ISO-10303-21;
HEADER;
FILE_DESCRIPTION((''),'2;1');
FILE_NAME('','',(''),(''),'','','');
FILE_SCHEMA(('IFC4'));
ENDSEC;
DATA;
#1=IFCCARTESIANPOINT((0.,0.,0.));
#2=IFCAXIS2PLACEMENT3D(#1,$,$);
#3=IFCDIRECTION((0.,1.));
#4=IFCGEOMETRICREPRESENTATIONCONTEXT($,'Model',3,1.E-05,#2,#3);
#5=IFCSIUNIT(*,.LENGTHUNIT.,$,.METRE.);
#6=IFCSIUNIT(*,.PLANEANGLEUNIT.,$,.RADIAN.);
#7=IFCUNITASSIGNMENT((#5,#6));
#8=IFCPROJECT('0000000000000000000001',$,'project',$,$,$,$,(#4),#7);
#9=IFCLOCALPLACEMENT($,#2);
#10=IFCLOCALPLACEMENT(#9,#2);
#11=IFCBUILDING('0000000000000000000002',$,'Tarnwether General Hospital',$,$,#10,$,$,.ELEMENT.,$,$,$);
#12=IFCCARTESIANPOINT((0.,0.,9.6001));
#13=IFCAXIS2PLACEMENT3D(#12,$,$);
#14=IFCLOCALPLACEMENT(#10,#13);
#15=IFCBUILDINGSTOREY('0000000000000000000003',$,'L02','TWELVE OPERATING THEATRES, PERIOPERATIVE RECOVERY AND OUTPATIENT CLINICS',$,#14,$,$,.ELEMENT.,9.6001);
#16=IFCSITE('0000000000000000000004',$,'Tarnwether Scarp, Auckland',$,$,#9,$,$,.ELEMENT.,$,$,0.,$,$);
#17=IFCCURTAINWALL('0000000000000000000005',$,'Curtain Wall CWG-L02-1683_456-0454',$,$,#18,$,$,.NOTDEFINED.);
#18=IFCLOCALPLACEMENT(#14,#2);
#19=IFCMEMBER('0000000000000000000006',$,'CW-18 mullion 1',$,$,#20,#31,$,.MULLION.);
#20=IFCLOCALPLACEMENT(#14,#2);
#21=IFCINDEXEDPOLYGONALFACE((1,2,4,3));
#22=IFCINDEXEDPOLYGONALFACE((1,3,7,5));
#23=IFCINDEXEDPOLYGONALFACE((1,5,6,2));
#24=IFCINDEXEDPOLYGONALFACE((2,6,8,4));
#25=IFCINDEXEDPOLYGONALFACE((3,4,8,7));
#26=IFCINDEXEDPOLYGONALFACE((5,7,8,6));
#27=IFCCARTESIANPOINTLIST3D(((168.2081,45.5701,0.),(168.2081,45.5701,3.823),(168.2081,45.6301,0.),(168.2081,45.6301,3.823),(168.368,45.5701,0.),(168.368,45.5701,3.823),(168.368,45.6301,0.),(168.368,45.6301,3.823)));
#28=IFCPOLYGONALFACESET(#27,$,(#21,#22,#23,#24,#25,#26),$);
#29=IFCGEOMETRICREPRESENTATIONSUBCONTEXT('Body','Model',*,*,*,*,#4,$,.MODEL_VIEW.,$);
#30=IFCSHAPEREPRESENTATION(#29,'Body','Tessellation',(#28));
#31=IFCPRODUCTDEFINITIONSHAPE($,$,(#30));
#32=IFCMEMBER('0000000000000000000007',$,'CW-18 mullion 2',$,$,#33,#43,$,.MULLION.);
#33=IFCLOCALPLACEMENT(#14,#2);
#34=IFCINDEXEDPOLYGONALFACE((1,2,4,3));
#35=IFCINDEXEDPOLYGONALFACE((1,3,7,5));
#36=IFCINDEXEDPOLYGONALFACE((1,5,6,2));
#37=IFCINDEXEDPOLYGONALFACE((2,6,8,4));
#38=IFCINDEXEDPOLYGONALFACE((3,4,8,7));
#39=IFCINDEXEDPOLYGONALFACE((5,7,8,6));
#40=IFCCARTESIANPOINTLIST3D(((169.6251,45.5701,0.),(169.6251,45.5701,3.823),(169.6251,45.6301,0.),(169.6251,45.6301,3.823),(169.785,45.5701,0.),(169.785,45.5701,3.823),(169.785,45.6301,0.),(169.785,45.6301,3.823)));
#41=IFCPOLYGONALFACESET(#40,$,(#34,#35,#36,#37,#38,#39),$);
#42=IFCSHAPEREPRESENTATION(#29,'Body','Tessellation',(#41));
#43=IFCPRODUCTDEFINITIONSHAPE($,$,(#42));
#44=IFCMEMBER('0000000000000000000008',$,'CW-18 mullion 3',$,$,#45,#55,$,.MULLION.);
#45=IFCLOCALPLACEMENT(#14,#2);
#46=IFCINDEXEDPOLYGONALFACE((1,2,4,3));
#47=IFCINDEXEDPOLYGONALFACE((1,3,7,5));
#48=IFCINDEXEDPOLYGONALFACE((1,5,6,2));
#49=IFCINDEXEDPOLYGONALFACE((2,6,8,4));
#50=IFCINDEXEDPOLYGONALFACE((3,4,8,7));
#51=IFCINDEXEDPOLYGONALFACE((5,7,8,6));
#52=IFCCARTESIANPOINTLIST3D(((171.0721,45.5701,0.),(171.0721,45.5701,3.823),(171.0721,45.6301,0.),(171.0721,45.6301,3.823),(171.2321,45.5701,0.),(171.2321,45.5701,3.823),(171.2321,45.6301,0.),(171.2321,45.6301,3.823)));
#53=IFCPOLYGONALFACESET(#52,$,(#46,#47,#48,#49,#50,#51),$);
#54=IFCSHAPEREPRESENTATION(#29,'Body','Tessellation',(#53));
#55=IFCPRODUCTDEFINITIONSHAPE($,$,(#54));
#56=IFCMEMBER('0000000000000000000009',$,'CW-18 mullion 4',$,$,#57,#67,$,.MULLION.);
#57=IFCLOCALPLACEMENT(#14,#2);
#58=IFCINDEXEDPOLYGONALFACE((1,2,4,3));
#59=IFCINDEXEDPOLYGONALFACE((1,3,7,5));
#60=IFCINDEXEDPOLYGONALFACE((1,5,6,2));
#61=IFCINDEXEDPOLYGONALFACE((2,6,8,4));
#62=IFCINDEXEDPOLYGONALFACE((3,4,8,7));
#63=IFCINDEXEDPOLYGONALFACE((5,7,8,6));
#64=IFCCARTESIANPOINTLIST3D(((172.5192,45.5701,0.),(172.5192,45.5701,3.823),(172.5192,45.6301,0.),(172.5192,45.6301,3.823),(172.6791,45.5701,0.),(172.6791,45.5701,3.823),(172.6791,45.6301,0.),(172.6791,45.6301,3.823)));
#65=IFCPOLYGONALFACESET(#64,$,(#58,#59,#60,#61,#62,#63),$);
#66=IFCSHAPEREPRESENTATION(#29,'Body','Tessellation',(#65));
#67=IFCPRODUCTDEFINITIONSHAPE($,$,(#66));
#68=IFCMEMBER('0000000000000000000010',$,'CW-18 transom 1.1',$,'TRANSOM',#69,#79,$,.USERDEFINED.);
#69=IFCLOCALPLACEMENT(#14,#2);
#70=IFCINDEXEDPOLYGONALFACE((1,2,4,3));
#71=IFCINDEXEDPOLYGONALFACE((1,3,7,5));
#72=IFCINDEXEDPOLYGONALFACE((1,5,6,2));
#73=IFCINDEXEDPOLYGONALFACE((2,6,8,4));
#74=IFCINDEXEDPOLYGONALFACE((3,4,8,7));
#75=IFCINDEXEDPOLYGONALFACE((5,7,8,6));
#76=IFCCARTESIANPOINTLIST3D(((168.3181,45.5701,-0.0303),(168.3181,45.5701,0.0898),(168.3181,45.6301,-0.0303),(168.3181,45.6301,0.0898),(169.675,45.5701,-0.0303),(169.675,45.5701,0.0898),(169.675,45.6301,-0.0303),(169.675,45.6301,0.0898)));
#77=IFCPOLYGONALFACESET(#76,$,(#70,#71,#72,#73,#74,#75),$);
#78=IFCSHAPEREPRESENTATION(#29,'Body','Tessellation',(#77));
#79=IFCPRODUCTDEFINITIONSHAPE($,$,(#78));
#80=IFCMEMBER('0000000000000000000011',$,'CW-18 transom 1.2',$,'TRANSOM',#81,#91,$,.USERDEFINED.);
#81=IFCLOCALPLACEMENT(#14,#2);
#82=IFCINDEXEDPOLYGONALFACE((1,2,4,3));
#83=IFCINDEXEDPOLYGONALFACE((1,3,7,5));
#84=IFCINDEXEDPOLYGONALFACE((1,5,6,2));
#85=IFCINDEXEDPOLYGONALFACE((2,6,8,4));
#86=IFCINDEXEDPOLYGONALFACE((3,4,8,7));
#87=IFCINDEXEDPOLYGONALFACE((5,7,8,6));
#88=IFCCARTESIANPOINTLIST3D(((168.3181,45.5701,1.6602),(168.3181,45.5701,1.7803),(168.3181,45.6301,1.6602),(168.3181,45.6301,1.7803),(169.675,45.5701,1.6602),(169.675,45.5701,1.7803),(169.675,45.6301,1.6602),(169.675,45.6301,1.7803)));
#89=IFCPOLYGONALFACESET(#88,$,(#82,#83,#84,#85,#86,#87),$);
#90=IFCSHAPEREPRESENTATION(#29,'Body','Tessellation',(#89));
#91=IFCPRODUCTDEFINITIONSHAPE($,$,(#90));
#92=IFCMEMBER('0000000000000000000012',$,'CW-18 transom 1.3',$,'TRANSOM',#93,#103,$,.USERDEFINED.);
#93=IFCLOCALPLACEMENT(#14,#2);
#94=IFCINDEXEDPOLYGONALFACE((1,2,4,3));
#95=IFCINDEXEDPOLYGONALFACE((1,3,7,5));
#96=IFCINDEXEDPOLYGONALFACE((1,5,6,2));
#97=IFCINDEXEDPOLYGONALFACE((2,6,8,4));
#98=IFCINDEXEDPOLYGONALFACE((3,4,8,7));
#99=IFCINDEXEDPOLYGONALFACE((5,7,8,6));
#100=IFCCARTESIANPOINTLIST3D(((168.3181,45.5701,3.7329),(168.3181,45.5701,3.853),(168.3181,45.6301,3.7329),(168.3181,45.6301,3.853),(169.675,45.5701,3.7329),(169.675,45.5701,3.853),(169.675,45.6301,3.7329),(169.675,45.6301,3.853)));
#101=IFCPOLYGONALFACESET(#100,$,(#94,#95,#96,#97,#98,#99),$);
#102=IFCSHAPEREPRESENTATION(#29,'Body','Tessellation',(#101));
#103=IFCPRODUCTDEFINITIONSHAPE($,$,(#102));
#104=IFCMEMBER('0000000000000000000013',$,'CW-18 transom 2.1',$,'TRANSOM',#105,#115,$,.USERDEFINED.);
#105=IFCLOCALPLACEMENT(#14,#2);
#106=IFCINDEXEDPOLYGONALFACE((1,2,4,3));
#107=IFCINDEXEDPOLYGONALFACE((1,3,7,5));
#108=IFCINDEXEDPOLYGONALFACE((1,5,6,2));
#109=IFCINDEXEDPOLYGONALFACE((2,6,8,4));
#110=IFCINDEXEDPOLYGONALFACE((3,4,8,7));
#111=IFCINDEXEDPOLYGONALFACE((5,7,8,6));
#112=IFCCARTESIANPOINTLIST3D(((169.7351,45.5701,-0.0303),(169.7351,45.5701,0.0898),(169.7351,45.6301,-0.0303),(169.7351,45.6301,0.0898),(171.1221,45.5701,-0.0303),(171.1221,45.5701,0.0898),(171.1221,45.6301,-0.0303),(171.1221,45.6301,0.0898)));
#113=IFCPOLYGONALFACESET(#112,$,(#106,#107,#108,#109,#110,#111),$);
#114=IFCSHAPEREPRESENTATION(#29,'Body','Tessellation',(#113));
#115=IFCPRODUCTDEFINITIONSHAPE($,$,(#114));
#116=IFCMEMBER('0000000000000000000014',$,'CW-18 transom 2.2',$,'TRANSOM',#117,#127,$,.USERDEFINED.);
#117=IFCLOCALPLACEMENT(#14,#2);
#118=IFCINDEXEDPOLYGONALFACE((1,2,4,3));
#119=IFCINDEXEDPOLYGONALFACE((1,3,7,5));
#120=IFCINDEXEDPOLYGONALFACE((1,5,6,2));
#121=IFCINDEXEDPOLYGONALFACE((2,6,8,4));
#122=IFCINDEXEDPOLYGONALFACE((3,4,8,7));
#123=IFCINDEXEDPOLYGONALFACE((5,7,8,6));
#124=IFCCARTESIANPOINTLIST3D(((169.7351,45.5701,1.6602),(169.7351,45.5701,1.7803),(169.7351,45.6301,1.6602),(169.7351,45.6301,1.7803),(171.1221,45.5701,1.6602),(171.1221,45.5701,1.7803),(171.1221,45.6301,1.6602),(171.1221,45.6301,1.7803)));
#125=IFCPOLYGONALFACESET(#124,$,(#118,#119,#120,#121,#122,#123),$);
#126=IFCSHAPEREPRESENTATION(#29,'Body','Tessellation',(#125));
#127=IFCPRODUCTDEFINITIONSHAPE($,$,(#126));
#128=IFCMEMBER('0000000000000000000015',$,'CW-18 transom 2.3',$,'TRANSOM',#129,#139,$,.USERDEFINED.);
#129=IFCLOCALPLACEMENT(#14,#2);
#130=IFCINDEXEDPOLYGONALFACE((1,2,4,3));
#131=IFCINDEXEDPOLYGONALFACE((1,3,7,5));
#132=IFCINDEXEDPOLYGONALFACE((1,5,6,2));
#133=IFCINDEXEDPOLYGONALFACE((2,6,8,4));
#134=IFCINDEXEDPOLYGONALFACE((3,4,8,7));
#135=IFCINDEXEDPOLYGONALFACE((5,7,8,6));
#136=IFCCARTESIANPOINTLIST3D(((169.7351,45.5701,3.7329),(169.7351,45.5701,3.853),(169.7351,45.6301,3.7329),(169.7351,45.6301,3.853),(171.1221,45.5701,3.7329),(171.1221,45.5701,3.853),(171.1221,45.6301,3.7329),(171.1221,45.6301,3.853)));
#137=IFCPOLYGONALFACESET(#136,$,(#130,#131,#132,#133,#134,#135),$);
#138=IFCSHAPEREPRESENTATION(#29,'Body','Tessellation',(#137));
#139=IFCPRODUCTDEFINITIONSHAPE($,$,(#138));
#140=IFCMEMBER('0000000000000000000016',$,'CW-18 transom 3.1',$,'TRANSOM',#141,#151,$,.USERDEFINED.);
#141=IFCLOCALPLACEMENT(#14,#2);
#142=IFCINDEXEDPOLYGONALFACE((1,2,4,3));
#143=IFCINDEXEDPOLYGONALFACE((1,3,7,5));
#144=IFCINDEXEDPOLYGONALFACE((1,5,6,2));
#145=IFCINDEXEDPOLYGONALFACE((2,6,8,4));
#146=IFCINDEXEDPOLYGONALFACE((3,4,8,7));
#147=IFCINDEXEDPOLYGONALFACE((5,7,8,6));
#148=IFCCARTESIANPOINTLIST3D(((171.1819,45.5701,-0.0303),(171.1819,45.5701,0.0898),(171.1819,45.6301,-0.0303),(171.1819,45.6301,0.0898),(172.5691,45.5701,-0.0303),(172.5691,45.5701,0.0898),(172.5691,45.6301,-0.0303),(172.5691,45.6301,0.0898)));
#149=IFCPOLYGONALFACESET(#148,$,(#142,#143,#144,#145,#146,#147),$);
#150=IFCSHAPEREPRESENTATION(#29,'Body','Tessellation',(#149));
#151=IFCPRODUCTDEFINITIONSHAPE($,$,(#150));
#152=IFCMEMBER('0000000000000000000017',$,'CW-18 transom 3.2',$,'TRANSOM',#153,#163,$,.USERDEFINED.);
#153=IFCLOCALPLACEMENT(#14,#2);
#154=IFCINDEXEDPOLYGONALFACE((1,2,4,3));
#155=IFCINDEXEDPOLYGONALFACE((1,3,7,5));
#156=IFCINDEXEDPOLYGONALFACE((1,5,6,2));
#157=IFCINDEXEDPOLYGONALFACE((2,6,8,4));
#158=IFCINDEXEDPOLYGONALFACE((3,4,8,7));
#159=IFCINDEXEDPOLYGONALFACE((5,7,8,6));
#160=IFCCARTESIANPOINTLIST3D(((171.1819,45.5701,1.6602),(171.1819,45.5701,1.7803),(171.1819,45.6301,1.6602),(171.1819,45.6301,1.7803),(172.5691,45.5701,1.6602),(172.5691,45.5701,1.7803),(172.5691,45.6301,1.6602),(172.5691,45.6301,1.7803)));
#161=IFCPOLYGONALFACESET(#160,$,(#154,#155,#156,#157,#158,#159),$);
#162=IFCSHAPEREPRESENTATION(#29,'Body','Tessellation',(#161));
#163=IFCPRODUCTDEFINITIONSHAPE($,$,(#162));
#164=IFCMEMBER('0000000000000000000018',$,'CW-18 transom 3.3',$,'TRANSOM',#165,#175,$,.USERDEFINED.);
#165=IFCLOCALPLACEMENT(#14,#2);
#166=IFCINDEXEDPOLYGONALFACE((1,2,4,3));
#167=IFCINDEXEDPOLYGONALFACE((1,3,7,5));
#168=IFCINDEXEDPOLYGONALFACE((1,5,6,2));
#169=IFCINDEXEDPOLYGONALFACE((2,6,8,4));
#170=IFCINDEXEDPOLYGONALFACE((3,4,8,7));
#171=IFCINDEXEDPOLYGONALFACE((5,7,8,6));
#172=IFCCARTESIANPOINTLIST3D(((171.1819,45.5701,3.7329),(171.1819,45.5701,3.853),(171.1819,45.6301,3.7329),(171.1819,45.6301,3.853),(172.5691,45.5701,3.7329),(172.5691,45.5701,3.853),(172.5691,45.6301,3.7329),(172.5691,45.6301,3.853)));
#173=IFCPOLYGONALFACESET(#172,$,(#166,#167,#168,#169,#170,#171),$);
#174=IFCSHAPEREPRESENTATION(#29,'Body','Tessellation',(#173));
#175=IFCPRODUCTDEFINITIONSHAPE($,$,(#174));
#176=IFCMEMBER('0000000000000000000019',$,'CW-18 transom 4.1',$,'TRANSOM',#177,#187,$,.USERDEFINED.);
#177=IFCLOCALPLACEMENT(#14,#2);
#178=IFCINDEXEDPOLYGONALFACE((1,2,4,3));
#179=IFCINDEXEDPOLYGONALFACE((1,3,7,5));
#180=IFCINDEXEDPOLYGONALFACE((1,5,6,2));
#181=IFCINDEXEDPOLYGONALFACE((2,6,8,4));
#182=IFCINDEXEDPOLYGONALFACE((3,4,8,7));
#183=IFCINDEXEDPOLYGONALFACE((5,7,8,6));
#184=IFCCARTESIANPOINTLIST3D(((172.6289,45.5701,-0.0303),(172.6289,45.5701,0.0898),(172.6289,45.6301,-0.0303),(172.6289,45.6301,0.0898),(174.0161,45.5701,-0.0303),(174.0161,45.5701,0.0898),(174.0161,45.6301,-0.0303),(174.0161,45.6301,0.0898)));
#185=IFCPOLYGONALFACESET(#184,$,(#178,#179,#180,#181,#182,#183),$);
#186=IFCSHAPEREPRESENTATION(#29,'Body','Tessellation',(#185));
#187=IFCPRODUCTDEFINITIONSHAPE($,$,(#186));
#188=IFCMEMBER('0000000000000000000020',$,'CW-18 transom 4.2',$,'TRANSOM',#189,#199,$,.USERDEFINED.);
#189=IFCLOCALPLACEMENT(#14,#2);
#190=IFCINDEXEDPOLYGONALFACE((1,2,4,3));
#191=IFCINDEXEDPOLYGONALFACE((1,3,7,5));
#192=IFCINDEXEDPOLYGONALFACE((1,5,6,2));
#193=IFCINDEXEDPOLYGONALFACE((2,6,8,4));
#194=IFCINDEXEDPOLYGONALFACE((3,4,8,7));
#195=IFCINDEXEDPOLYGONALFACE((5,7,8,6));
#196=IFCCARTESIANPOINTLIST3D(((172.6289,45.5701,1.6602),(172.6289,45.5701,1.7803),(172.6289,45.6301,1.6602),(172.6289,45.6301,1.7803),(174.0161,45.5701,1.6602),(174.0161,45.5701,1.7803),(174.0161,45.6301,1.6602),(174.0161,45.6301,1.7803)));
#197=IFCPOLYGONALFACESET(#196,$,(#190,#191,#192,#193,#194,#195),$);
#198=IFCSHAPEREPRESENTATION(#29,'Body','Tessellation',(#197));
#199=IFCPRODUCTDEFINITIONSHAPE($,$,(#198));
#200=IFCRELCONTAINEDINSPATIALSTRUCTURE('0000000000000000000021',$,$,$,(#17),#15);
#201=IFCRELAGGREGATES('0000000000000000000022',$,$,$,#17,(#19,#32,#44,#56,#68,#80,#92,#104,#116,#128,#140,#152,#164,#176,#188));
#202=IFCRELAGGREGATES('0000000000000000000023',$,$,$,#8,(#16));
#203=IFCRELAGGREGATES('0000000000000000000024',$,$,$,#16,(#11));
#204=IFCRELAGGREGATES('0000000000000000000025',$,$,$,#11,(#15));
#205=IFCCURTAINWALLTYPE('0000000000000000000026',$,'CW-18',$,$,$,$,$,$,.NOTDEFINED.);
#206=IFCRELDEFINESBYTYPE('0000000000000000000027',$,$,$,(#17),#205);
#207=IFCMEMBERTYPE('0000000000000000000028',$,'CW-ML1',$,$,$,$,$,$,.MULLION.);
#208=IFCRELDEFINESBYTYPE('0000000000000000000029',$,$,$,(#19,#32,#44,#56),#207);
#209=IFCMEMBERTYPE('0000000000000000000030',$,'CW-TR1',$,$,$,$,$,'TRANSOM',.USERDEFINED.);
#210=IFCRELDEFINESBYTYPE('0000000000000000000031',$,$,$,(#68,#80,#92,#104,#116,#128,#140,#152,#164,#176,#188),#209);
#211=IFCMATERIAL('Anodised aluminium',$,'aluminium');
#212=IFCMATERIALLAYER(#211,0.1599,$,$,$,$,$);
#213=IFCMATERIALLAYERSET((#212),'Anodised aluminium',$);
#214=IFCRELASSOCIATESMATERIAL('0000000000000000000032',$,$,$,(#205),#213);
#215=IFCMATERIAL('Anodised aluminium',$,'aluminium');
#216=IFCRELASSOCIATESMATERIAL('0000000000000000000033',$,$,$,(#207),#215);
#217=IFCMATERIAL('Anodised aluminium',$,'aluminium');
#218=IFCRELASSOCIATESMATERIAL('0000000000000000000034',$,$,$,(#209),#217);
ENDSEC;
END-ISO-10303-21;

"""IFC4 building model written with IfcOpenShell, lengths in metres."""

from ifc_helpers import new_model, si_unit, direction, frame, origin, origin_2d, place, context, subcontext, project, spatial, rectangle, extrude, material, layer, layer_set, material_profile, profile_set, type_object, element, aggregate, save


model = new_model("IFC4")

# Units and contexts
model_context = context("Model", 3, precision=1e-05, world=origin(), true_north=direction((0.0, 1.0)))
body_context = subcontext(model_context, "Body", "Model", "MODEL_VIEW")
ifc_project = project(units=[si_unit("LENGTHUNIT", "METRE"), si_unit("PLANEANGLEUNIT", "RADIAN")], contexts=[model_context])

# Site, building, storey
site_placement = place(None, origin())
site = spatial("IfcSite", under=ifc_project, at=site_placement, Name="Tarnwether Scarp, Auckland", CompositionType="ELEMENT", RefElevation=0.0)
building_placement = place(site_placement, origin())
building = spatial("IfcBuilding", under=site, at=building_placement, Name="Tarnwether General Hospital", CompositionType="ELEMENT")
storey_placement = place(building_placement, frame((0.0, 0.0, 9.6001)))
storey = spatial("IfcBuildingStorey", under=building, at=storey_placement, Name="L02", Description="TWELVE OPERATING THEATRES, PERIOPERATIVE RECOVERY AND OUTPATIENT CLINICS", CompositionType="ELEMENT", Elevation=9.6001)

# Curtain wall, members
ifc_material_1 = material(Name="Anodised aluminium", Category="aluminium")
ifc_layer_1 = layer(ifc_material_1, 0.1599)
ifc_layer_set_1 = layer_set([ifc_layer_1], Name="Anodised aluminium")
curtain_wall_type = type_object("IfcCurtainWallType", Name="CW-18", PredefinedType="NOTDEFINED", material=ifc_layer_set_1)
curtain_wall_placement = place(storey_placement, origin())
curtain_wall = element("IfcCurtainWall", 1, at=curtain_wall_placement, inside=storey, type_object=curtain_wall_type, Name="Curtain Wall CWG-L02-1683_456-0454", PredefinedType="NOTDEFINED")
ifc_material_2 = material(Name="Anodised aluminium", Category="aluminium")
ifc_material_profile_1 = material_profile(ifc_material_2, rectangle(XDim=0.0601, YDim=0.1599, at=origin_2d()), Name="ALU-MUL-60x160")
ifc_profile_set_1 = profile_set([ifc_material_profile_1], Name="Anodised aluminium")
member_type_1 = type_object("IfcMemberType", Name="CW-ML1", PredefinedType="MULLION", material=ifc_profile_set_1)
member_1_placement = place(storey_placement, frame((168.2881, 45.6001, 0.0), z_axis=(0.0, 0.0, 1.0), x_axis=(0.0, 1.0, 0.0)))
member_1 = element("IfcMember", 2, at=member_1_placement, type_object=member_type_1, Name="CW-18 mullion 1", PredefinedType="MULLION", context=body_context, shape_type="SweptSolid", body=[
    extrude(rectangle(XDim=0.0601, YDim=0.1599, at=origin_2d()), origin(), (0.0, 0.0, 1.0), 3.823),
])
member_2_placement = place(storey_placement, frame((169.7051, 45.6001, 0.0), z_axis=(0.0, 0.0, 1.0), x_axis=(0.0, 1.0, 0.0)))
member_2 = element("IfcMember", 3, at=member_2_placement, type_object=member_type_1, Name="CW-18 mullion 2", PredefinedType="MULLION", context=body_context, shape_type="SweptSolid", body=[
    extrude(rectangle(XDim=0.0601, YDim=0.1599, at=origin_2d()), origin(), (0.0, 0.0, 1.0), 3.823),
])
member_3_placement = place(storey_placement, frame((171.1521, 45.6001, 0.0), z_axis=(0.0, 0.0, 1.0), x_axis=(0.0, 1.0, 0.0)))
member_3 = element("IfcMember", 4, at=member_3_placement, type_object=member_type_1, Name="CW-18 mullion 3", PredefinedType="MULLION", context=body_context, shape_type="SweptSolid", body=[
    extrude(rectangle(XDim=0.0601, YDim=0.1599, at=origin_2d()), origin(), (0.0, 0.0, 1.0), 3.823),
])
member_4_placement = place(storey_placement, frame((172.5991, 45.6001, 0.0), z_axis=(0.0, 0.0, 1.0), x_axis=(0.0, 1.0, 0.0)))
member_4 = element("IfcMember", 5, at=member_4_placement, type_object=member_type_1, Name="CW-18 mullion 4", PredefinedType="MULLION", context=body_context, shape_type="SweptSolid", body=[
    extrude(rectangle(XDim=0.0601, YDim=0.1599, at=origin_2d()), origin(), (0.0, 0.0, 1.0), 3.823),
])
ifc_material_3 = material(Name="Anodised aluminium", Category="aluminium")
ifc_material_profile_2 = material_profile(ifc_material_3, rectangle(XDim=0.0601, YDim=0.1201, at=origin_2d()), Name="ALU-TRN-60x120")
ifc_profile_set_2 = profile_set([ifc_material_profile_2], Name="Anodised aluminium")
member_type_2 = type_object("IfcMemberType", Name="CW-TR1", ElementType="TRANSOM", PredefinedType="USERDEFINED", material=ifc_profile_set_2)
member_5_placement = place(storey_placement, frame((168.3181, 45.6001, 0.0298), z_axis=(1.0, 0.0, 0.0), x_axis=(0.0, 1.0, 0.0)))
member_5 = element("IfcMember", 6, at=member_5_placement, type_object=member_type_2, Name="CW-18 transom 1.1", ObjectType="TRANSOM", PredefinedType="USERDEFINED", context=body_context, shape_type="SweptSolid", body=[
    extrude(rectangle(XDim=0.0601, YDim=0.1201, at=origin_2d()), origin(), (0.0, 0.0, 1.0), 1.3569),
])
member_6_placement = place(storey_placement, frame((168.3181, 45.6001, 1.7202), z_axis=(1.0, 0.0, 0.0), x_axis=(0.0, 1.0, 0.0)))
member_6 = element("IfcMember", 7, at=member_6_placement, type_object=member_type_2, Name="CW-18 transom 1.2", ObjectType="TRANSOM", PredefinedType="USERDEFINED", context=body_context, shape_type="SweptSolid", body=[
    extrude(rectangle(XDim=0.0601, YDim=0.1201, at=origin_2d()), origin(), (0.0, 0.0, 1.0), 1.3569),
])
member_7_placement = place(storey_placement, frame((168.3181, 45.6001, 3.793), z_axis=(1.0, 0.0, 0.0), x_axis=(0.0, 1.0, 0.0)))
member_7 = element("IfcMember", 8, at=member_7_placement, type_object=member_type_2, Name="CW-18 transom 1.3", ObjectType="TRANSOM", PredefinedType="USERDEFINED", context=body_context, shape_type="SweptSolid", body=[
    extrude(rectangle(XDim=0.0601, YDim=0.1201, at=origin_2d()), origin(), (0.0, 0.0, 1.0), 1.3569),
])
member_8_placement = place(storey_placement, frame((169.7351, 45.6001, 0.0298), z_axis=(1.0, 0.0, 0.0), x_axis=(0.0, 1.0, 0.0)))
member_8 = element("IfcMember", 9, at=member_8_placement, type_object=member_type_2, Name="CW-18 transom 2.1", ObjectType="TRANSOM", PredefinedType="USERDEFINED", context=body_context, shape_type="SweptSolid", body=[
    extrude(rectangle(XDim=0.0601, YDim=0.1201, at=origin_2d()), origin(), (0.0, 0.0, 1.0), 1.387),
])
member_9_placement = place(storey_placement, frame((169.7351, 45.6001, 1.7202), z_axis=(1.0, 0.0, 0.0), x_axis=(0.0, 1.0, 0.0)))
member_9 = element("IfcMember", 10, at=member_9_placement, type_object=member_type_2, Name="CW-18 transom 2.2", ObjectType="TRANSOM", PredefinedType="USERDEFINED", context=body_context, shape_type="SweptSolid", body=[
    extrude(rectangle(XDim=0.0601, YDim=0.1201, at=origin_2d()), origin(), (0.0, 0.0, 1.0), 1.387),
])
member_10_placement = place(storey_placement, frame((169.7351, 45.6001, 3.793), z_axis=(1.0, 0.0, 0.0), x_axis=(0.0, 1.0, 0.0)))
member_10 = element("IfcMember", 11, at=member_10_placement, type_object=member_type_2, Name="CW-18 transom 2.3", ObjectType="TRANSOM", PredefinedType="USERDEFINED", context=body_context, shape_type="SweptSolid", body=[
    extrude(rectangle(XDim=0.0601, YDim=0.1201, at=origin_2d()), origin(), (0.0, 0.0, 1.0), 1.387),
])
member_11_placement = place(storey_placement, frame((171.1819, 45.6001, 0.0298), z_axis=(1.0, 0.0, 0.0), x_axis=(0.0, 1.0, 0.0)))
member_11 = element("IfcMember", 12, at=member_11_placement, type_object=member_type_2, Name="CW-18 transom 3.1", ObjectType="TRANSOM", PredefinedType="USERDEFINED", context=body_context, shape_type="SweptSolid", body=[
    extrude(rectangle(XDim=0.0601, YDim=0.1201, at=origin_2d()), origin(), (0.0, 0.0, 1.0), 1.3872),
])
member_12_placement = place(storey_placement, frame((171.1819, 45.6001, 1.7202), z_axis=(1.0, 0.0, 0.0), x_axis=(0.0, 1.0, 0.0)))
member_12 = element("IfcMember", 13, at=member_12_placement, type_object=member_type_2, Name="CW-18 transom 3.2", ObjectType="TRANSOM", PredefinedType="USERDEFINED", context=body_context, shape_type="SweptSolid", body=[
    extrude(rectangle(XDim=0.0601, YDim=0.1201, at=origin_2d()), origin(), (0.0, 0.0, 1.0), 1.3872),
])
member_13_placement = place(storey_placement, frame((171.1819, 45.6001, 3.793), z_axis=(1.0, 0.0, 0.0), x_axis=(0.0, 1.0, 0.0)))
member_13 = element("IfcMember", 14, at=member_13_placement, type_object=member_type_2, Name="CW-18 transom 3.3", ObjectType="TRANSOM", PredefinedType="USERDEFINED", context=body_context, shape_type="SweptSolid", body=[
    extrude(rectangle(XDim=0.0601, YDim=0.1201, at=origin_2d()), origin(), (0.0, 0.0, 1.0), 1.3872),
])
member_14_placement = place(storey_placement, frame((172.6289, 45.6001, 0.0298), z_axis=(1.0, 0.0, 0.0), x_axis=(0.0, 1.0, 0.0)))
member_14 = element("IfcMember", 15, at=member_14_placement, type_object=member_type_2, Name="CW-18 transom 4.1", ObjectType="TRANSOM", PredefinedType="USERDEFINED", context=body_context, shape_type="SweptSolid", body=[
    extrude(rectangle(XDim=0.0601, YDim=0.1201, at=origin_2d()), origin(), (0.0, 0.0, 1.0), 1.3872),
])
member_15_placement = place(storey_placement, frame((172.6289, 45.6001, 1.7202), z_axis=(1.0, 0.0, 0.0), x_axis=(0.0, 1.0, 0.0)))
member_15 = element("IfcMember", 16, at=member_15_placement, type_object=member_type_2, Name="CW-18 transom 4.2", ObjectType="TRANSOM", PredefinedType="USERDEFINED", context=body_context, shape_type="SweptSolid", body=[
    extrude(rectangle(XDim=0.0601, YDim=0.1201, at=origin_2d()), origin(), (0.0, 0.0, 1.0), 1.3872),
])
aggregate(curtain_wall, [member_1, member_2, member_3, member_4, member_5, member_6, member_7, member_8, member_9, member_10, member_11, member_12, member_13, member_14, member_15])

save(model, "model.ifc")
